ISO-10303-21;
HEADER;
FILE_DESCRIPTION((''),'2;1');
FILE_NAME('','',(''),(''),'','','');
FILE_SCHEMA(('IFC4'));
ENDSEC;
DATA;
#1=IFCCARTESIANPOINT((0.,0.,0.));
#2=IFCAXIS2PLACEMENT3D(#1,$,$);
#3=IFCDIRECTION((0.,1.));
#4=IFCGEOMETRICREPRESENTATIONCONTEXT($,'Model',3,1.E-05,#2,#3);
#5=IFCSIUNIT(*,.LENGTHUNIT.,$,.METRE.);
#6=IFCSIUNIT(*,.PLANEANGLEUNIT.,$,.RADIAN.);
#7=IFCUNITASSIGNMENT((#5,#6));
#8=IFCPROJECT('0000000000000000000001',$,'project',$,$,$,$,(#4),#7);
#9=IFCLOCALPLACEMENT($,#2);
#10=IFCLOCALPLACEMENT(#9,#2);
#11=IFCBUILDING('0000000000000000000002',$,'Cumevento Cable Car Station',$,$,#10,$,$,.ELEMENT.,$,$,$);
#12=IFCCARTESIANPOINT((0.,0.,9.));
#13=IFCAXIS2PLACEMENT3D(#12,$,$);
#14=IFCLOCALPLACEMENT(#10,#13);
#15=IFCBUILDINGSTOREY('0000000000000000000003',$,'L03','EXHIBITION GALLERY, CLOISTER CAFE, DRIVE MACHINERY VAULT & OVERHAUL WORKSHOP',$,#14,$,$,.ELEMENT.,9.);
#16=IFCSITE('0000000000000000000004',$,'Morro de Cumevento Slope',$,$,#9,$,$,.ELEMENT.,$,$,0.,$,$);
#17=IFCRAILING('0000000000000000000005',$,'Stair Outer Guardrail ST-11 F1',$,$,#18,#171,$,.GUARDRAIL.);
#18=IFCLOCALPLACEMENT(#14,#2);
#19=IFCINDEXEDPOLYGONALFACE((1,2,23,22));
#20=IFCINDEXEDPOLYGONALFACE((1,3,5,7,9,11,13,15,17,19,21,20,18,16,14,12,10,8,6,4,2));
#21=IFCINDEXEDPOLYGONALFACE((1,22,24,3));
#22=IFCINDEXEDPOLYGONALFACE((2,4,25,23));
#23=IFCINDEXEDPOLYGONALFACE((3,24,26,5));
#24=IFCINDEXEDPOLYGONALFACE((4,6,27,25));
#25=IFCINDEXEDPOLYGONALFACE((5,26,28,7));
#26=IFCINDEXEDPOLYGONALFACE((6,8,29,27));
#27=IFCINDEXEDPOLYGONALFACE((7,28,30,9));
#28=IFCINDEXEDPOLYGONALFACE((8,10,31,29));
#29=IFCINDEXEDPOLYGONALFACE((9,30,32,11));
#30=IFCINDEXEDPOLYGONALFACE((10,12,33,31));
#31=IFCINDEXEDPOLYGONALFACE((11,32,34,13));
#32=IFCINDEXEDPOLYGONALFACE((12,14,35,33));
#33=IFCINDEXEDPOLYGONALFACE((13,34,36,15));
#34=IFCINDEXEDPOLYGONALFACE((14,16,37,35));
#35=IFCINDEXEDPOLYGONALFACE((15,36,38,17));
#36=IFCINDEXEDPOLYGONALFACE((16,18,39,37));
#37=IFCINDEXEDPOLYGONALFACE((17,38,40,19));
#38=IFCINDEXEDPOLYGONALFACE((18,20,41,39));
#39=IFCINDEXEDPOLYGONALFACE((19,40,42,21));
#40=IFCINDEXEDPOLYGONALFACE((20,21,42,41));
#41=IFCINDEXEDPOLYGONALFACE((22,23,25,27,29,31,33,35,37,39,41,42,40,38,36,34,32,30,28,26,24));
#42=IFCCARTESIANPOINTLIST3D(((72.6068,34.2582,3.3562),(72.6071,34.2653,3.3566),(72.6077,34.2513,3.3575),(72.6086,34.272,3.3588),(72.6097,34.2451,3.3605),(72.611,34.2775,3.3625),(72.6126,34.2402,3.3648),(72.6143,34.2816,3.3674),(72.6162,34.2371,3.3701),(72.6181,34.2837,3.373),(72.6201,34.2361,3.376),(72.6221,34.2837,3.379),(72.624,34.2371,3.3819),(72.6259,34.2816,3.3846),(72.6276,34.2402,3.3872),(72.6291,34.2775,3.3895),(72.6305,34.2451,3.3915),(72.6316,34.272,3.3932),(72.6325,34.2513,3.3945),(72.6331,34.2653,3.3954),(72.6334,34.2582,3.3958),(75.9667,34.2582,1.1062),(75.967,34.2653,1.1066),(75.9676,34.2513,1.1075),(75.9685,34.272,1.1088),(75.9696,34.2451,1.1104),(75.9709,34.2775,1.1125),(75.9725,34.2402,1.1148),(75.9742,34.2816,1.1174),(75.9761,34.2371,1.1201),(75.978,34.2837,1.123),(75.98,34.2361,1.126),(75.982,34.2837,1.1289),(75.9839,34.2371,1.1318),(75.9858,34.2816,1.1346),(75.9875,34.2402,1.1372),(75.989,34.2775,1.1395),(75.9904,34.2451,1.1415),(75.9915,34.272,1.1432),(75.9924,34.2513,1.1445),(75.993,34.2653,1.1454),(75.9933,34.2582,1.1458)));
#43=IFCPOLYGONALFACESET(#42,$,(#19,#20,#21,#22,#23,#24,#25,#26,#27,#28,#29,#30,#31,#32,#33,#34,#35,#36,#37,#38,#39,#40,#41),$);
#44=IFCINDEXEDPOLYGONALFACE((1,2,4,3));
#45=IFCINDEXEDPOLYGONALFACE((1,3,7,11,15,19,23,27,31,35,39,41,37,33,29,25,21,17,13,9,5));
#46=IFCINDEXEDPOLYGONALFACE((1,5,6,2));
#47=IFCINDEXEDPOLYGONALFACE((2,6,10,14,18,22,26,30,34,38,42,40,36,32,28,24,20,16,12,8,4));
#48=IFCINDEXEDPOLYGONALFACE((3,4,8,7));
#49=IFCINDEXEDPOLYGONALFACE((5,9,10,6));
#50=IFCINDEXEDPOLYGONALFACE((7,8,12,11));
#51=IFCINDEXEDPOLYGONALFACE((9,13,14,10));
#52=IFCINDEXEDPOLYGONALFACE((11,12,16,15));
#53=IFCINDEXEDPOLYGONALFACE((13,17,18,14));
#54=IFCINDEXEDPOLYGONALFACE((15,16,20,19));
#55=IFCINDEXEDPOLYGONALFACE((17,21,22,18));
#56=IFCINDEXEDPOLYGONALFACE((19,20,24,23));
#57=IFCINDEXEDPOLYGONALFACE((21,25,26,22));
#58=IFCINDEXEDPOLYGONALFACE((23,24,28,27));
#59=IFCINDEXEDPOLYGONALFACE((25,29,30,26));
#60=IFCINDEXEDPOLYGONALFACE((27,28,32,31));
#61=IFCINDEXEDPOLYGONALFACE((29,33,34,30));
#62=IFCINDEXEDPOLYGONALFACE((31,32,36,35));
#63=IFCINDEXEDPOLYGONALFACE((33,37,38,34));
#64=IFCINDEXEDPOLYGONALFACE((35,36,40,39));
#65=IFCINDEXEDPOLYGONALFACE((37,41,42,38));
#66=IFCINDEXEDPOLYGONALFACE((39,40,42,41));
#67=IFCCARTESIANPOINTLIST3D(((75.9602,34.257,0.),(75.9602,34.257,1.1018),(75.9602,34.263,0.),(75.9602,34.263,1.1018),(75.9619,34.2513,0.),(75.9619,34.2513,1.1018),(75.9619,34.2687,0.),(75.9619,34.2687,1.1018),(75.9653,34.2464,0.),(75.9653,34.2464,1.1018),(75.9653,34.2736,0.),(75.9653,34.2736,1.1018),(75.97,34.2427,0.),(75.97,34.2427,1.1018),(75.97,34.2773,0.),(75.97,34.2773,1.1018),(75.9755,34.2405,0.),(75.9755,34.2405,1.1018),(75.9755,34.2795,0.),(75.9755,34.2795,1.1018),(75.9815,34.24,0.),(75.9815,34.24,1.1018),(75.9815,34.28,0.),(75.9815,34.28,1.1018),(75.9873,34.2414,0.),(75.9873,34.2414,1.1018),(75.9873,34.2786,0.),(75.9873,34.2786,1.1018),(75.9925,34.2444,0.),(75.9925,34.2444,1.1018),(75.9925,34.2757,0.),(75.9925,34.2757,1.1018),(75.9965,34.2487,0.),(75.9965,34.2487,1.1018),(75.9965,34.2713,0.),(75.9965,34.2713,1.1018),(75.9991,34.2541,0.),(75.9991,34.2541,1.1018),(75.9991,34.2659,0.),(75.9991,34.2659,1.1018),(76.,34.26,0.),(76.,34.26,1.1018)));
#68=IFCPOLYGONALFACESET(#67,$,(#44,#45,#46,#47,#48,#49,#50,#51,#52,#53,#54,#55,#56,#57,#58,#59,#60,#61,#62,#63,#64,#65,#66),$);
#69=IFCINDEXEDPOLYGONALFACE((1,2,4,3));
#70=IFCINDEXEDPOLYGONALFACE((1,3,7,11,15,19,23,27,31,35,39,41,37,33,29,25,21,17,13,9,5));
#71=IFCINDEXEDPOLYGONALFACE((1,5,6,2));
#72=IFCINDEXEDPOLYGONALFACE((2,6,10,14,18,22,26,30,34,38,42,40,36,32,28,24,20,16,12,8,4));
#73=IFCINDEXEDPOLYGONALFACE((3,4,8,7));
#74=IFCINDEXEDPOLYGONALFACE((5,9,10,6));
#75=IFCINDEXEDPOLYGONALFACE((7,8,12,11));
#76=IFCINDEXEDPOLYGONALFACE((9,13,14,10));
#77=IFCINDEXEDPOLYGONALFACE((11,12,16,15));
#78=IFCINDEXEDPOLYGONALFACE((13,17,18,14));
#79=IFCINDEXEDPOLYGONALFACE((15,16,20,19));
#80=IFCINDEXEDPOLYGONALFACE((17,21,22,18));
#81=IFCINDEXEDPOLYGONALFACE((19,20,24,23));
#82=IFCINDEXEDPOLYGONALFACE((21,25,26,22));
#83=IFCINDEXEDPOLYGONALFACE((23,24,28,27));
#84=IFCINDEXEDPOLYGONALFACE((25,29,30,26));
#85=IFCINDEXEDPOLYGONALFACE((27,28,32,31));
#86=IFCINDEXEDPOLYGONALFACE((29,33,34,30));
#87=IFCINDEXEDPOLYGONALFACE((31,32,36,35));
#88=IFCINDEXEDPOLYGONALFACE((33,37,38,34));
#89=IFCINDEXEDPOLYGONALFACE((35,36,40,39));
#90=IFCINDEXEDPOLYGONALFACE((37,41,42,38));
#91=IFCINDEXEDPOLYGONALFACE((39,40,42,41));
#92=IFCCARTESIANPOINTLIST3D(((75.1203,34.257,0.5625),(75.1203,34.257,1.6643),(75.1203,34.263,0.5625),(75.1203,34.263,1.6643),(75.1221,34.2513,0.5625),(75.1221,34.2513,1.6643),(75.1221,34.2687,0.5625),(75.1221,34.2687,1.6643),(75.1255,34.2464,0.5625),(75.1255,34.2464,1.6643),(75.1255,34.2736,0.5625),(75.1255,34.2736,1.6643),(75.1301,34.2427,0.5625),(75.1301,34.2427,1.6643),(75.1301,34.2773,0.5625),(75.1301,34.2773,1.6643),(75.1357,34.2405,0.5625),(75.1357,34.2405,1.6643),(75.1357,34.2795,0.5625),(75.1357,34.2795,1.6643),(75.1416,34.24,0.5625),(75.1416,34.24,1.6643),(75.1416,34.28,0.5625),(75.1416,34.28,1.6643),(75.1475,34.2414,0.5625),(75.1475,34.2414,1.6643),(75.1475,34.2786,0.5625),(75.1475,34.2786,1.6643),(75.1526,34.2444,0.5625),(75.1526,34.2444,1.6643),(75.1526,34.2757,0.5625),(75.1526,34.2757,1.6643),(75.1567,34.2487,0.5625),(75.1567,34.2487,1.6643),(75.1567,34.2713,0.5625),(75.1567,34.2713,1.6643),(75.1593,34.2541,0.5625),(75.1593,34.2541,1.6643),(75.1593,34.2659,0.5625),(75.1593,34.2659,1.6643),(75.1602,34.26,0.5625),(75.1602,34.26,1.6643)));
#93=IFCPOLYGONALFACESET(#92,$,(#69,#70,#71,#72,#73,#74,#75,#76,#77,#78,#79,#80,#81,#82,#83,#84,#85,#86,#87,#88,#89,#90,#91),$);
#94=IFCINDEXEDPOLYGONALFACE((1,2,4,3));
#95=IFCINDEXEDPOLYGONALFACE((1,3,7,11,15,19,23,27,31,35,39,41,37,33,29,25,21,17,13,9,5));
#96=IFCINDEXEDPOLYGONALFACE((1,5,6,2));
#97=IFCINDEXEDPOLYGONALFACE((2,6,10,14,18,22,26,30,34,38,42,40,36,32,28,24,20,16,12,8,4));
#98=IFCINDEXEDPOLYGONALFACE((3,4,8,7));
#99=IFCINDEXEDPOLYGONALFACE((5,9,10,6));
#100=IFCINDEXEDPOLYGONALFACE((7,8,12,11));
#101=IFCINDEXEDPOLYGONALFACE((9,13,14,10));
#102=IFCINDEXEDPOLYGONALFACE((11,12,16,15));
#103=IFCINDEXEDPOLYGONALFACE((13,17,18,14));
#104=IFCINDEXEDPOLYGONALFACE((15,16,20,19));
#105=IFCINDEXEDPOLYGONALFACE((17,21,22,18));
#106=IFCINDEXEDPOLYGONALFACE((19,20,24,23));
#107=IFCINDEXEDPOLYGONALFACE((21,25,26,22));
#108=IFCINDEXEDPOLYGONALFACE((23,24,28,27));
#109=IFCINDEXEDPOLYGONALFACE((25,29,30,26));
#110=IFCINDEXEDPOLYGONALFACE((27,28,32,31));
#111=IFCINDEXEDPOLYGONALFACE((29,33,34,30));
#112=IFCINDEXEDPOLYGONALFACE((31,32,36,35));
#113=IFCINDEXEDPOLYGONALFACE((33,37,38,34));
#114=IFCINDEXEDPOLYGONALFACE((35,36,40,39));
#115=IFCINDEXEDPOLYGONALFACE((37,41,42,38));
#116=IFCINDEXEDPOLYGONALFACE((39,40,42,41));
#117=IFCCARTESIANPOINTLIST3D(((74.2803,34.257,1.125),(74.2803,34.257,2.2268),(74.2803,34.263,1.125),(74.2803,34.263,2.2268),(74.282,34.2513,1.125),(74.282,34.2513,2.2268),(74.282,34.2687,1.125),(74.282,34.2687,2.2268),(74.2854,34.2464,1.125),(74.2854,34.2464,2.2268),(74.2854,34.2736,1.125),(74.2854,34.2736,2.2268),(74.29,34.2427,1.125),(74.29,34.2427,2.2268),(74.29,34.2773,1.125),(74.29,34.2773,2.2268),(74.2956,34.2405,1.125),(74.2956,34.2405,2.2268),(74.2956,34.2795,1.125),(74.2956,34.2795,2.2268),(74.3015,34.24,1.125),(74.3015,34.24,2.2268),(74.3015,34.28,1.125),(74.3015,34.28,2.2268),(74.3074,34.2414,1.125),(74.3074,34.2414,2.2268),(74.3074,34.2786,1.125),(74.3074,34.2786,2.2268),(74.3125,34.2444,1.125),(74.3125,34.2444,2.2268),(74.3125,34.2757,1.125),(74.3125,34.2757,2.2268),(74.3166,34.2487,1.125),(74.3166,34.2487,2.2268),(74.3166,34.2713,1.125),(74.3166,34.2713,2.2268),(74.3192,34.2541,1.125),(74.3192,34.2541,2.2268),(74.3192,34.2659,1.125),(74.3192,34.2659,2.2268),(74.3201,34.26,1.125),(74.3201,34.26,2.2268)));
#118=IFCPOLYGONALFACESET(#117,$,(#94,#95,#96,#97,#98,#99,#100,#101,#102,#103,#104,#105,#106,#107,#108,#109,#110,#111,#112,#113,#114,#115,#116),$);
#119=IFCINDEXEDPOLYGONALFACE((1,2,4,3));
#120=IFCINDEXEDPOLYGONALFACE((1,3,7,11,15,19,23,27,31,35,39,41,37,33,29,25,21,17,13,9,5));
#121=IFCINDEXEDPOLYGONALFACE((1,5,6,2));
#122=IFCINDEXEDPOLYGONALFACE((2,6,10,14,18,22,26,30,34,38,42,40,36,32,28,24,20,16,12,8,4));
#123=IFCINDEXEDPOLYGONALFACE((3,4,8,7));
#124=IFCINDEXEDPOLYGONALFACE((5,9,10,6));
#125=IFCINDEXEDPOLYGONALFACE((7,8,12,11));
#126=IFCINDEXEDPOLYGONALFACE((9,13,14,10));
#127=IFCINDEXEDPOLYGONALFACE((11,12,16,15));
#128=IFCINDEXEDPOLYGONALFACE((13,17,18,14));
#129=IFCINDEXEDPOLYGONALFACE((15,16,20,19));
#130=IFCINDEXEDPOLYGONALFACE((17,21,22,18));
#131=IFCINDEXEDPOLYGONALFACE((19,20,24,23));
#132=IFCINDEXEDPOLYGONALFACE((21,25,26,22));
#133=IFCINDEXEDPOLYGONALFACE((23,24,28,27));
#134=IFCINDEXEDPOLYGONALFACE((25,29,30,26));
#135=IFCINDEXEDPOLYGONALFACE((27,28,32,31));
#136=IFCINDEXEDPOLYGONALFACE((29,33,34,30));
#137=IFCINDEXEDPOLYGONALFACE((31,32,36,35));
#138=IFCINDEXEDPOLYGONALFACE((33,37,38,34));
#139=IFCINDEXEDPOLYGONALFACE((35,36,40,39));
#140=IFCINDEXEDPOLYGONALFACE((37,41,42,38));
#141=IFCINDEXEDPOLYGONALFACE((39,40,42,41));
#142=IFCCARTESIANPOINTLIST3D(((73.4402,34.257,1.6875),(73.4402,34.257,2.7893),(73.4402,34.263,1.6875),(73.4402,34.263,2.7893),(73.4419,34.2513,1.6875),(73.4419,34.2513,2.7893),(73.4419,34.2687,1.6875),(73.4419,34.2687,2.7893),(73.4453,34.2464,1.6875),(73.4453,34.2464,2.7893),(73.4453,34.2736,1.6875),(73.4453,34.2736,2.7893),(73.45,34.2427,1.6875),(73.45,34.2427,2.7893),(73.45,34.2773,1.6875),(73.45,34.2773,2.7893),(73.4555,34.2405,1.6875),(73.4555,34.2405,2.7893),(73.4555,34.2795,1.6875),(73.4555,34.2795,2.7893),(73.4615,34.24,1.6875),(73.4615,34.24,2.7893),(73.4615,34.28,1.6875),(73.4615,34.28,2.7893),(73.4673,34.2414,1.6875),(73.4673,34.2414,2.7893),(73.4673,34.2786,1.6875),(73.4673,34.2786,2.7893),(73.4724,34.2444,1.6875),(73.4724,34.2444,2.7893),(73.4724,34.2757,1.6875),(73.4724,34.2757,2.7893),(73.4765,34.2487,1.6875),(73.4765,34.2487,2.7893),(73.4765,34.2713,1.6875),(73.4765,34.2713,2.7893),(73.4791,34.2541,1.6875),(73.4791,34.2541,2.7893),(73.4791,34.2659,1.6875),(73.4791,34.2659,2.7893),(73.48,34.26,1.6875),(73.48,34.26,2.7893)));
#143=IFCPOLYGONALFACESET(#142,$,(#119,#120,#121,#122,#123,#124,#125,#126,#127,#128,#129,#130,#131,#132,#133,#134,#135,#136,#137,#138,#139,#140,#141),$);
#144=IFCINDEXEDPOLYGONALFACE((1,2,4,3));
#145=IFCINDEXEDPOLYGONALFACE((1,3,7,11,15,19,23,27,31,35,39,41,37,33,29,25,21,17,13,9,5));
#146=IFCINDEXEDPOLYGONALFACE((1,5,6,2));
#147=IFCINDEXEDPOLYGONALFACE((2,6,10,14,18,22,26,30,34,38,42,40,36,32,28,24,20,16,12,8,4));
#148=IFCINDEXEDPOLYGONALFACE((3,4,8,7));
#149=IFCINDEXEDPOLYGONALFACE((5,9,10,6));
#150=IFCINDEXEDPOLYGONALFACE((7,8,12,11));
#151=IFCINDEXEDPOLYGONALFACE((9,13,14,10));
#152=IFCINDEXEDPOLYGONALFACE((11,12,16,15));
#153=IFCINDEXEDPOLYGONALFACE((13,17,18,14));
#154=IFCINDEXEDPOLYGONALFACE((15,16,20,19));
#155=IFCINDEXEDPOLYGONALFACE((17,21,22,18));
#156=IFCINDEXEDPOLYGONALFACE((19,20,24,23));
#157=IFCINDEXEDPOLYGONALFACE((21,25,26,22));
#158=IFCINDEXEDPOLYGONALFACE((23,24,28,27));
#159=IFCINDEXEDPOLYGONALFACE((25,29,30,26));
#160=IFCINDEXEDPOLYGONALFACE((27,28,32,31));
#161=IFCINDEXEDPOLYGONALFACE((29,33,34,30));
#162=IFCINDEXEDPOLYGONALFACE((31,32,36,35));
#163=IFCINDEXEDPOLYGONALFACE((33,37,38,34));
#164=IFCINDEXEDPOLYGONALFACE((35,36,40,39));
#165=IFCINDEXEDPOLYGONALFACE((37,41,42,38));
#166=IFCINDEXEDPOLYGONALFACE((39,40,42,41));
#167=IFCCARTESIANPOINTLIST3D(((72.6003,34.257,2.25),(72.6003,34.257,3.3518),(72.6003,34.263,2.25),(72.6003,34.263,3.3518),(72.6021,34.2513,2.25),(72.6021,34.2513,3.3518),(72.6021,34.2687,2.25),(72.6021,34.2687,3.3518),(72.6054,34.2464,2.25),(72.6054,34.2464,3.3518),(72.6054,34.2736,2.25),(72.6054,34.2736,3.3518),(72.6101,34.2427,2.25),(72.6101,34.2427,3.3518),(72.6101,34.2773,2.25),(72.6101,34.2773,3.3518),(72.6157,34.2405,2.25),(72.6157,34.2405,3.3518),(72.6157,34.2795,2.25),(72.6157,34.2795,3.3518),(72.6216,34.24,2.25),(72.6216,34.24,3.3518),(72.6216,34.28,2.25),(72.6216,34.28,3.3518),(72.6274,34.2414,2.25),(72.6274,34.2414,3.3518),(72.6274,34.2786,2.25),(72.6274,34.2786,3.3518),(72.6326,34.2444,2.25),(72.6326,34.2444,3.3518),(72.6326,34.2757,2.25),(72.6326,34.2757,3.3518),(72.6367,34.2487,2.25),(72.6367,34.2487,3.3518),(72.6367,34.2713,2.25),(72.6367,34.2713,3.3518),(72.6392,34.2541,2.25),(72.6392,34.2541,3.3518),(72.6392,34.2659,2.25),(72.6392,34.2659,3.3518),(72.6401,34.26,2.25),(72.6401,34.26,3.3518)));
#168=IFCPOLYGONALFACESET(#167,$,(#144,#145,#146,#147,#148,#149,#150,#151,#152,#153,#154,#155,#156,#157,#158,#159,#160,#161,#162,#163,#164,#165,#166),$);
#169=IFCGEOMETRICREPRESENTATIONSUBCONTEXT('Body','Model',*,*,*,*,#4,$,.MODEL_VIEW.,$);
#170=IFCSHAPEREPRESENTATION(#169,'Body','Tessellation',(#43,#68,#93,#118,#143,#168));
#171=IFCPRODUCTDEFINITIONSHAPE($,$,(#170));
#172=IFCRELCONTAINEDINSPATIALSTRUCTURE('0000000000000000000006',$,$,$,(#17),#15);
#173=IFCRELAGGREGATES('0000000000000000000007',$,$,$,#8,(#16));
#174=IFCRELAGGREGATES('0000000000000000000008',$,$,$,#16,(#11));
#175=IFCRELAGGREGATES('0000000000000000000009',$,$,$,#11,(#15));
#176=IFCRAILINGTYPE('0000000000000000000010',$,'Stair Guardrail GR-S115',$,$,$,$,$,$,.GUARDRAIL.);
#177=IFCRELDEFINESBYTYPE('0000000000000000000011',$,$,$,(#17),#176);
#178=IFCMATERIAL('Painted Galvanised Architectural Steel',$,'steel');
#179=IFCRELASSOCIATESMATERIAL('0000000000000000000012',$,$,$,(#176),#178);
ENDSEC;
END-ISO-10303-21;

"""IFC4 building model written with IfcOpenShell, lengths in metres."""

from ifc_helpers import new_model, si_unit, direction, frame, origin, origin_2d, place, context, subcontext, project, spatial, circle, extrude, material, type_object, element, save


model = new_model("IFC4")

# Units and contexts
model_context = context("Model", 3, precision=1e-05, world=origin(), true_north=direction((0.0, 1.0)))
body_context = subcontext(model_context, "Body", "Model", "MODEL_VIEW")
ifc_project = project(units=[si_unit("LENGTHUNIT", "METRE"), si_unit("PLANEANGLEUNIT", "RADIAN")], contexts=[model_context])

# Site, building, storey
site_placement = place(None, origin())
site = spatial("IfcSite", under=ifc_project, at=site_placement, Name="Morro de Cumevento Slope", CompositionType="ELEMENT", RefElevation=0.0)
building_placement = place(site_placement, origin())
building = spatial("IfcBuilding", under=site, at=building_placement, Name="Cumevento Cable Car Station", CompositionType="ELEMENT")
storey_placement = place(building_placement, frame((0.0, 0.0, 9.0)))
storey = spatial("IfcBuildingStorey", under=building, at=storey_placement, Name="L03", Description="EXHIBITION GALLERY, CLOISTER CAFE, DRIVE MACHINERY VAULT & OVERHAUL WORKSHOP", CompositionType="ELEMENT", Elevation=9.0)

# Railing
ifc_material_1 = material(Name="Painted Galvanised Architectural Steel", Category="steel")
railing_type_1 = type_object("IfcRailingType", Name="Stair Guardrail GR-S115", PredefinedType="GUARDRAIL", material=ifc_material_1)
railing_1_placement = place(storey_placement, frame((75.98, 34.26, 0.0)))
element("IfcRailing", 1, at=railing_1_placement, inside=storey, type_object=railing_type_1, Name="Stair Outer Guardrail ST-11 F1", PredefinedType="GUARDRAIL", context=body_context, shape_type="SweptSolid", body=[
    extrude(circle(Radius=0.0239, at=origin_2d()), frame((0.0, 0.0, 1.126), z_axis=(-0.830897, 0.0, 0.556427), x_axis=(0.0, -1.0, 0.0)), (0.0, 0.0, 1.0), 4.0437),
    extrude(circle(Radius=0.02, at=origin_2d()), origin(), (0.0, 0.0, 1.0), 1.1018),
    extrude(circle(Radius=0.02, at=origin_2d()), frame((-0.8398, 0.0, 0.5625)), (0.0, 0.0, 1.0), 1.1018),
    extrude(circle(Radius=0.02, at=origin_2d()), frame((-1.6799, 0.0, 1.125)), (0.0, 0.0, 1.0), 1.1018),
    extrude(circle(Radius=0.02, at=origin_2d()), frame((-2.52, 0.0, 1.6875)), (0.0, 0.0, 1.0), 1.1018),
    extrude(circle(Radius=0.02, at=origin_2d()), frame((-3.3599, 0.0, 2.25)), (0.0, 0.0, 1.0), 1.1018),
])

save(model, "model.ifc")
